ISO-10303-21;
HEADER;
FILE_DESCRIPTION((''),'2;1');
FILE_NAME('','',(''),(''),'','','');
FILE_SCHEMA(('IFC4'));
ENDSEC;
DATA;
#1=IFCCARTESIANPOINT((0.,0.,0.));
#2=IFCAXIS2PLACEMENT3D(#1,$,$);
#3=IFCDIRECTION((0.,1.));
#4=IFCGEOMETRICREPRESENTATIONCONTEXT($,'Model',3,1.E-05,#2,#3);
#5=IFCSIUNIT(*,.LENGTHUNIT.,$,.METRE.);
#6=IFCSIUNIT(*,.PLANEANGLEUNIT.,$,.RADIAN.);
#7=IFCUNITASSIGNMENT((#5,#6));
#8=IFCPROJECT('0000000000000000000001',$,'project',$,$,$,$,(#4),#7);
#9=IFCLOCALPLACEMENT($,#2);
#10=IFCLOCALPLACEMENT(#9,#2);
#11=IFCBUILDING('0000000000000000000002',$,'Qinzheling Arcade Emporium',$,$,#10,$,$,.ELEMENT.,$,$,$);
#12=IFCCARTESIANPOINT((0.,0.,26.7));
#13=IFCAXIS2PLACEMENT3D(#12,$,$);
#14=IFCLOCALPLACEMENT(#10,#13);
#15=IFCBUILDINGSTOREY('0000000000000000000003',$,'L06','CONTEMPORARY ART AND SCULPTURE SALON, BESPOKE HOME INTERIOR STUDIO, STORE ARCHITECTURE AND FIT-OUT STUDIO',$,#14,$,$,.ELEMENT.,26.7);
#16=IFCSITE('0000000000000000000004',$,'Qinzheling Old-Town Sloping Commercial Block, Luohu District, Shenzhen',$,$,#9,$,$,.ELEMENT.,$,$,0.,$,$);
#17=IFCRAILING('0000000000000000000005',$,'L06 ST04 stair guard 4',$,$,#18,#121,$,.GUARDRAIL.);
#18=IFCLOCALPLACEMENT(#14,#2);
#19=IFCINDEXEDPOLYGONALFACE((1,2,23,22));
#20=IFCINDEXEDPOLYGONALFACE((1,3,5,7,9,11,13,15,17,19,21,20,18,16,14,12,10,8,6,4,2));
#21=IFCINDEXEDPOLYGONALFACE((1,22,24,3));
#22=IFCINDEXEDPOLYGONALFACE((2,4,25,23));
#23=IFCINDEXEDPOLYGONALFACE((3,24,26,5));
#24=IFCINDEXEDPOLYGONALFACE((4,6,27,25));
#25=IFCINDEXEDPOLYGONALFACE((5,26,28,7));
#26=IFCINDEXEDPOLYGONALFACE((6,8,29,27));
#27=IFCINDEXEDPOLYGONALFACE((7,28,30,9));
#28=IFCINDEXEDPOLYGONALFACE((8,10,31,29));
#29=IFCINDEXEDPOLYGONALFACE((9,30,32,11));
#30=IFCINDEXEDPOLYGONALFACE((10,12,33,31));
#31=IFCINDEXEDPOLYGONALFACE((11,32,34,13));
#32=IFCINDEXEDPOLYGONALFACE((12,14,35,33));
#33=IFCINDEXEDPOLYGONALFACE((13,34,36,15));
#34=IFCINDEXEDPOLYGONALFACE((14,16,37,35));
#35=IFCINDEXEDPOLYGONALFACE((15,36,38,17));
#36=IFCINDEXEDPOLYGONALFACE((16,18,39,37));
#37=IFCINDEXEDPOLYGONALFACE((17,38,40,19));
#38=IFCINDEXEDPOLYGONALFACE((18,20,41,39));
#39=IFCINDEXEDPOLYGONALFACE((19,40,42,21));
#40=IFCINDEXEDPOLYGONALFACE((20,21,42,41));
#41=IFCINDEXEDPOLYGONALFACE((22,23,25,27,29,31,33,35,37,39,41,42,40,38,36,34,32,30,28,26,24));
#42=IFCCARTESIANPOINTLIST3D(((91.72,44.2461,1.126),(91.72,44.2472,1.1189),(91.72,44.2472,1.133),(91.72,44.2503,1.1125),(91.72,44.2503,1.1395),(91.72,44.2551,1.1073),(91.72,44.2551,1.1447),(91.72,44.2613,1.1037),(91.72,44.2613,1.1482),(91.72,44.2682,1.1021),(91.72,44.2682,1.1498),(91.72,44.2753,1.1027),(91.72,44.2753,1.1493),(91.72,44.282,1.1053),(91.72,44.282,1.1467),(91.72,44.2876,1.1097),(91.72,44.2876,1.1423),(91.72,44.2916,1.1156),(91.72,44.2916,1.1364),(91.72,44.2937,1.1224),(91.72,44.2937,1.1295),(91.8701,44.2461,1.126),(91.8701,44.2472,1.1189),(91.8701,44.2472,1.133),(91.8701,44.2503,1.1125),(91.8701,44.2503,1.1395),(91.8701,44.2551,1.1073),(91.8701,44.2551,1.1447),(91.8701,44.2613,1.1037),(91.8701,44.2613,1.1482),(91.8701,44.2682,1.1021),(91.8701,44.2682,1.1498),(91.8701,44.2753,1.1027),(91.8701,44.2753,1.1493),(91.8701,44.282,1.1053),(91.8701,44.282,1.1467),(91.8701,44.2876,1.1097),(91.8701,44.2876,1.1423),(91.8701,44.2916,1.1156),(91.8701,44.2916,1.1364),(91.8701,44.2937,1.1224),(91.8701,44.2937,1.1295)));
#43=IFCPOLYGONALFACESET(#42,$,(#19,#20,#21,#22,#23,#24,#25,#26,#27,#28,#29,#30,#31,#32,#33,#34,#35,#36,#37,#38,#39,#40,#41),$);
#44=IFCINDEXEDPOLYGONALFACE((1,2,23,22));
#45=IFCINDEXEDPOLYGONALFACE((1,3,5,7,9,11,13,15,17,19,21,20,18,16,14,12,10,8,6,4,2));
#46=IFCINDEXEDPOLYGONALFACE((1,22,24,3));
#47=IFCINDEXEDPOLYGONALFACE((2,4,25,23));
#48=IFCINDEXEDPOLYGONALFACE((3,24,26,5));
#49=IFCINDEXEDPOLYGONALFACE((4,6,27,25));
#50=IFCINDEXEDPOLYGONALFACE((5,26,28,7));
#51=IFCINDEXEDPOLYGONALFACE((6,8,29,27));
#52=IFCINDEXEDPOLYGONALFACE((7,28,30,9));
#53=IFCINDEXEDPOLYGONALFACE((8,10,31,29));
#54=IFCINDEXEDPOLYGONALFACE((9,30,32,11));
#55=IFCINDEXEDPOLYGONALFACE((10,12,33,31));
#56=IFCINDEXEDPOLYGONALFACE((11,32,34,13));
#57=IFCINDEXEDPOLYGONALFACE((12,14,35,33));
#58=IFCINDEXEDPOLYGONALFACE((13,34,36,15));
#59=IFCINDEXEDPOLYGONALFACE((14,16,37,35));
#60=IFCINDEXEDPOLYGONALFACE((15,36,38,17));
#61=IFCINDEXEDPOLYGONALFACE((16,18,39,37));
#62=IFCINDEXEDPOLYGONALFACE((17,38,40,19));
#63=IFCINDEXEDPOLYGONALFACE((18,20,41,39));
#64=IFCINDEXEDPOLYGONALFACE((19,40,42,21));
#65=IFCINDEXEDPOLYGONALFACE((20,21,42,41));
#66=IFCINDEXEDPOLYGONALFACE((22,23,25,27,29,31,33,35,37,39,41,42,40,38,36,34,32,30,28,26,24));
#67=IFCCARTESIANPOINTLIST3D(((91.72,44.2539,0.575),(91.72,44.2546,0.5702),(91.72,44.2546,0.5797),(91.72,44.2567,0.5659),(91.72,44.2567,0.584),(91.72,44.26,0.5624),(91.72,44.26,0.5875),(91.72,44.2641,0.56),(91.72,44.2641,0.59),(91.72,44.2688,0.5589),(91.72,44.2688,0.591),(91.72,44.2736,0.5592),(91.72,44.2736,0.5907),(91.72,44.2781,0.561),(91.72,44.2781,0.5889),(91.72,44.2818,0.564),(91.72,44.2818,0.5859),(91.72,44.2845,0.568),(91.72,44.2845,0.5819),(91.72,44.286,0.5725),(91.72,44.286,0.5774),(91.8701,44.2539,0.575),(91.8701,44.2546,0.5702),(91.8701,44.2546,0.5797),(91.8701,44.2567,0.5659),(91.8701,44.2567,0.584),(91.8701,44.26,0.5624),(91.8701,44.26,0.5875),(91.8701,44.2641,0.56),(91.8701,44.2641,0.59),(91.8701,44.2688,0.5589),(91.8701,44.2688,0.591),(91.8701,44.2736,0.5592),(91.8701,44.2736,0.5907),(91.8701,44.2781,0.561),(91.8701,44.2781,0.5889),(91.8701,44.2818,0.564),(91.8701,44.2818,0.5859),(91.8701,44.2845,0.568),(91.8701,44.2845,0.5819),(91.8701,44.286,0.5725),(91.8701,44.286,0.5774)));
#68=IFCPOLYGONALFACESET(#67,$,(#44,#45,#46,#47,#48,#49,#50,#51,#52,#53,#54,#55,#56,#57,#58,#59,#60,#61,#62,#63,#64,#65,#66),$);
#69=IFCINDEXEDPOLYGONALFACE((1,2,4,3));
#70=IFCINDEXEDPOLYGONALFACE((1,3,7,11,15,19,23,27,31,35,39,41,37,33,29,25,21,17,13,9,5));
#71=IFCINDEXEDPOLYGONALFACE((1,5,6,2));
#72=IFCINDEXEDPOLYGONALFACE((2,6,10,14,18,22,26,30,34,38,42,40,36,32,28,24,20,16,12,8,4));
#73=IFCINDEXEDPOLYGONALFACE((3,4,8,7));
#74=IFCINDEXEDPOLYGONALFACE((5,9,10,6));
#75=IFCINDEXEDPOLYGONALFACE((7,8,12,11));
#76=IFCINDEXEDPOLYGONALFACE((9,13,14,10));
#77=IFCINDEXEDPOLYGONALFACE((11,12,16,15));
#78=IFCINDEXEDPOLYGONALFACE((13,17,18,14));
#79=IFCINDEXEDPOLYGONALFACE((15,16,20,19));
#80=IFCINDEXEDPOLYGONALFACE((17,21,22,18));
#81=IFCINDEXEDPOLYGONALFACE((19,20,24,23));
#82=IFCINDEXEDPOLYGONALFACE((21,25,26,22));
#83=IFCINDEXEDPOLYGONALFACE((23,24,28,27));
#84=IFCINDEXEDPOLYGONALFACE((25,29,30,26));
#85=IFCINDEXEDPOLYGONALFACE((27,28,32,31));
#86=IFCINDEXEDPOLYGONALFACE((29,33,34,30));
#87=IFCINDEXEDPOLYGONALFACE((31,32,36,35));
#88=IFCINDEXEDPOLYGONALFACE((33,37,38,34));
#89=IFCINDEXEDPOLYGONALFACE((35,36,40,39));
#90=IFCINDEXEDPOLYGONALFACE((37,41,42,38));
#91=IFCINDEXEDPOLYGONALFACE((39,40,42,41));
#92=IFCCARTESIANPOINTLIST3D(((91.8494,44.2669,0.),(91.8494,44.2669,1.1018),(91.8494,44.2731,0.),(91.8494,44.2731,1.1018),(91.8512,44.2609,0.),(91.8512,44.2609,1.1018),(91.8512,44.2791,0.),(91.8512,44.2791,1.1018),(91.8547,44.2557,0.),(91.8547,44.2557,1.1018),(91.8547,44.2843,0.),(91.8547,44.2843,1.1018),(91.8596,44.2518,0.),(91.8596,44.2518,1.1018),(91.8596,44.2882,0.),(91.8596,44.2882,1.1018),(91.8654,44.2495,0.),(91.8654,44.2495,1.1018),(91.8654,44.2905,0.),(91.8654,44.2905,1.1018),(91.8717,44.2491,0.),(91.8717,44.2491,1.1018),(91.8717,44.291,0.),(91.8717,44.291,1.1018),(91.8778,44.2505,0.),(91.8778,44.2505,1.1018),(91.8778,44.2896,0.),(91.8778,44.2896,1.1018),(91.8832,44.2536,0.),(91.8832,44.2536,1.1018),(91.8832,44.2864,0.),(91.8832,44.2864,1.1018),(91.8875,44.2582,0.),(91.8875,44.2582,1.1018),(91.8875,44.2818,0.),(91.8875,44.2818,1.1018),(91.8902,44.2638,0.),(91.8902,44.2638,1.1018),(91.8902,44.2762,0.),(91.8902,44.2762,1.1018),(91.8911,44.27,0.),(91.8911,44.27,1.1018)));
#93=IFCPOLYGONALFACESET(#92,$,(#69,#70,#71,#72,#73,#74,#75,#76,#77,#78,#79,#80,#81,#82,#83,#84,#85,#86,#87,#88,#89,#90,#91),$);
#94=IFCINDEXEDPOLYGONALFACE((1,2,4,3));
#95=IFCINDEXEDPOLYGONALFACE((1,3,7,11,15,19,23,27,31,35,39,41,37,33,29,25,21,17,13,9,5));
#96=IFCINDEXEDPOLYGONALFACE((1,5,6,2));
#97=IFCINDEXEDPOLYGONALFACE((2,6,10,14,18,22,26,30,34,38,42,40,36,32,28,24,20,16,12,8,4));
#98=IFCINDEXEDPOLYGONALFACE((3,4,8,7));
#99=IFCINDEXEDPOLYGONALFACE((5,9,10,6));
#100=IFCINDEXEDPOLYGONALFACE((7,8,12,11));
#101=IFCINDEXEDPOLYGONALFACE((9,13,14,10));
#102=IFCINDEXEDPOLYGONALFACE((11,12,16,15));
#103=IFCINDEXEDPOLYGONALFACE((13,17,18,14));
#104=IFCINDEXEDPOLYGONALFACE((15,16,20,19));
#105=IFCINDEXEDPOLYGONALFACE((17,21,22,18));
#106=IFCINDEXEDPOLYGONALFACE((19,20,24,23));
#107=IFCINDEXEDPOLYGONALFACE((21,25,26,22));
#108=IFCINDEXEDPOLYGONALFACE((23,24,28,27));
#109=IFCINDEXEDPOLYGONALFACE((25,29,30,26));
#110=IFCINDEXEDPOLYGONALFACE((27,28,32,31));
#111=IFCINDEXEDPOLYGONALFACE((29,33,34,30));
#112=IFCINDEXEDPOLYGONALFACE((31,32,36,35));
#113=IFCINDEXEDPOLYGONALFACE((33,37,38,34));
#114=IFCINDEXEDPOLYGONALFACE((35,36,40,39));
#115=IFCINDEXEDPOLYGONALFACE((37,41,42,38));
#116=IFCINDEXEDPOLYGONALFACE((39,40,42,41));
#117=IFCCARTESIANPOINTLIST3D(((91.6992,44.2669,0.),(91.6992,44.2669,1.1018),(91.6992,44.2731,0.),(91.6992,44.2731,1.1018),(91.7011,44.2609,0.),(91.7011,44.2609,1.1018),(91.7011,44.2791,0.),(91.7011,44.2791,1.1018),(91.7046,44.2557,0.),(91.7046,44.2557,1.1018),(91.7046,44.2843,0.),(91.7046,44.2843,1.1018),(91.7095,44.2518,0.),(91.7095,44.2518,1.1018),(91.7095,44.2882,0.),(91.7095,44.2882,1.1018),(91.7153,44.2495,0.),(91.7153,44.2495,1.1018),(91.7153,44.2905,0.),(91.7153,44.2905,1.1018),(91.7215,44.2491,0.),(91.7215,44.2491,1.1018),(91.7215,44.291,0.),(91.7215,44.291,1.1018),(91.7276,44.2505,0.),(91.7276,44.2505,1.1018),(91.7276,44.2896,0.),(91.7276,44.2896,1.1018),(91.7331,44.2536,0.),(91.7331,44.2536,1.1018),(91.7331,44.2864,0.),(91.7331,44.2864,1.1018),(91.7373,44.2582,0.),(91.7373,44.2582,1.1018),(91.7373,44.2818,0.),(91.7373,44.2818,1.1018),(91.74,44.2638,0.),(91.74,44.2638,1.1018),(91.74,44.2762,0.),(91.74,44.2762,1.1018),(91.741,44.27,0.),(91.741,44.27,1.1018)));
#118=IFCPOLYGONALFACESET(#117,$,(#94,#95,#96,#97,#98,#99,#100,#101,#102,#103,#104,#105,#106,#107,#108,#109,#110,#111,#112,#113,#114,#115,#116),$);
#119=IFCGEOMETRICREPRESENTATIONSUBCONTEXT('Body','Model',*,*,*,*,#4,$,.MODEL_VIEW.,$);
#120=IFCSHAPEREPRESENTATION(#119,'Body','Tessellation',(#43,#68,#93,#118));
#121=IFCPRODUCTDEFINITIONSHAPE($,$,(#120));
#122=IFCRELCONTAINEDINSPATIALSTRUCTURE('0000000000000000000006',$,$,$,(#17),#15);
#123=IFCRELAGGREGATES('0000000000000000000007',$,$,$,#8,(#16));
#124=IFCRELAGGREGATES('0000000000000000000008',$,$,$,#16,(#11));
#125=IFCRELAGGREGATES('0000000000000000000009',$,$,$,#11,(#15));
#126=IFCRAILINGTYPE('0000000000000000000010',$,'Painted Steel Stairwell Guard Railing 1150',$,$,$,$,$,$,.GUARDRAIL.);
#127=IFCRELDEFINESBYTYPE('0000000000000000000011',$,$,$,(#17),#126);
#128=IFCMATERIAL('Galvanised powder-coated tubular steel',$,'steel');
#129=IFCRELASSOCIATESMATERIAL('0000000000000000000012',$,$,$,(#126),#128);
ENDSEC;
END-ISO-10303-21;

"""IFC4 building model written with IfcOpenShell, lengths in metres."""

from ifc_helpers import new_model, si_unit, direction, frame, origin, origin_2d, place, context, subcontext, project, spatial, circle, extrude, material, type_object, element, save


model = new_model("IFC4")

# Units and contexts
model_context = context("Model", 3, precision=1e-05, world=origin(), true_north=direction((0.0, 1.0)))
body_context = subcontext(model_context, "Body", "Model", "MODEL_VIEW")
ifc_project = project(units=[si_unit("LENGTHUNIT", "METRE"), si_unit("PLANEANGLEUNIT", "RADIAN")], contexts=[model_context])

# Site, building, storey
site_placement = place(None, origin())
site = spatial("IfcSite", under=ifc_project, at=site_placement, Name="Qinzheling Old-Town Sloping Commercial Block, Luohu District, Shenzhen", CompositionType="ELEMENT", RefElevation=0.0)
building_placement = place(site_placement, origin())
building = spatial("IfcBuilding", under=site, at=building_placement, Name="Qinzheling Arcade Emporium", CompositionType="ELEMENT")
storey_placement = place(building_placement, frame((0.0, 0.0, 26.7)))
storey = spatial("IfcBuildingStorey", under=building, at=storey_placement, Name="L06", Description="CONTEMPORARY ART AND SCULPTURE SALON, BESPOKE HOME INTERIOR STUDIO, STORE ARCHITECTURE AND FIT-OUT STUDIO", CompositionType="ELEMENT", Elevation=26.7)

# Railing
ifc_material_1 = material(Name="Galvanised powder-coated tubular steel", Category="steel")
railing_type_1 = type_object("IfcRailingType", Name="Painted Steel Stairwell Guard Railing 1150", PredefinedType="GUARDRAIL", material=ifc_material_1)
railing_1_placement = place(storey_placement, frame((91.8701, 44.27, 0.0)))
element("IfcRailing", 1, at=railing_1_placement, inside=storey, type_object=railing_type_1, Name="L06 ST04 stair guard 4", PredefinedType="GUARDRAIL", context=body_context, shape_type="SweptSolid", body=[
    extrude(circle(Radius=0.0239, at=origin_2d()), frame((0.0, 0.0, 1.126), z_axis=(-1.0, 0.0, 0.0), x_axis=(0.0, -1.0, 0.0)), (0.0, 0.0, 1.0), 0.1501),
    extrude(circle(Radius=0.0161, at=origin_2d()), frame((0.0, 0.0, 0.575), z_axis=(-1.0, 0.0, 0.0), x_axis=(0.0, -1.0, 0.0)), (0.0, 0.0, 1.0), 0.1501),
    extrude(circle(Radius=0.021, at=origin_2d()), origin(), (0.0, 0.0, 1.0), 1.1018),
    extrude(circle(Radius=0.021, at=origin_2d()), frame((-0.1501, 0.0, 0.0)), (0.0, 0.0, 1.0), 1.1018),
])

save(model, "model.ifc")
